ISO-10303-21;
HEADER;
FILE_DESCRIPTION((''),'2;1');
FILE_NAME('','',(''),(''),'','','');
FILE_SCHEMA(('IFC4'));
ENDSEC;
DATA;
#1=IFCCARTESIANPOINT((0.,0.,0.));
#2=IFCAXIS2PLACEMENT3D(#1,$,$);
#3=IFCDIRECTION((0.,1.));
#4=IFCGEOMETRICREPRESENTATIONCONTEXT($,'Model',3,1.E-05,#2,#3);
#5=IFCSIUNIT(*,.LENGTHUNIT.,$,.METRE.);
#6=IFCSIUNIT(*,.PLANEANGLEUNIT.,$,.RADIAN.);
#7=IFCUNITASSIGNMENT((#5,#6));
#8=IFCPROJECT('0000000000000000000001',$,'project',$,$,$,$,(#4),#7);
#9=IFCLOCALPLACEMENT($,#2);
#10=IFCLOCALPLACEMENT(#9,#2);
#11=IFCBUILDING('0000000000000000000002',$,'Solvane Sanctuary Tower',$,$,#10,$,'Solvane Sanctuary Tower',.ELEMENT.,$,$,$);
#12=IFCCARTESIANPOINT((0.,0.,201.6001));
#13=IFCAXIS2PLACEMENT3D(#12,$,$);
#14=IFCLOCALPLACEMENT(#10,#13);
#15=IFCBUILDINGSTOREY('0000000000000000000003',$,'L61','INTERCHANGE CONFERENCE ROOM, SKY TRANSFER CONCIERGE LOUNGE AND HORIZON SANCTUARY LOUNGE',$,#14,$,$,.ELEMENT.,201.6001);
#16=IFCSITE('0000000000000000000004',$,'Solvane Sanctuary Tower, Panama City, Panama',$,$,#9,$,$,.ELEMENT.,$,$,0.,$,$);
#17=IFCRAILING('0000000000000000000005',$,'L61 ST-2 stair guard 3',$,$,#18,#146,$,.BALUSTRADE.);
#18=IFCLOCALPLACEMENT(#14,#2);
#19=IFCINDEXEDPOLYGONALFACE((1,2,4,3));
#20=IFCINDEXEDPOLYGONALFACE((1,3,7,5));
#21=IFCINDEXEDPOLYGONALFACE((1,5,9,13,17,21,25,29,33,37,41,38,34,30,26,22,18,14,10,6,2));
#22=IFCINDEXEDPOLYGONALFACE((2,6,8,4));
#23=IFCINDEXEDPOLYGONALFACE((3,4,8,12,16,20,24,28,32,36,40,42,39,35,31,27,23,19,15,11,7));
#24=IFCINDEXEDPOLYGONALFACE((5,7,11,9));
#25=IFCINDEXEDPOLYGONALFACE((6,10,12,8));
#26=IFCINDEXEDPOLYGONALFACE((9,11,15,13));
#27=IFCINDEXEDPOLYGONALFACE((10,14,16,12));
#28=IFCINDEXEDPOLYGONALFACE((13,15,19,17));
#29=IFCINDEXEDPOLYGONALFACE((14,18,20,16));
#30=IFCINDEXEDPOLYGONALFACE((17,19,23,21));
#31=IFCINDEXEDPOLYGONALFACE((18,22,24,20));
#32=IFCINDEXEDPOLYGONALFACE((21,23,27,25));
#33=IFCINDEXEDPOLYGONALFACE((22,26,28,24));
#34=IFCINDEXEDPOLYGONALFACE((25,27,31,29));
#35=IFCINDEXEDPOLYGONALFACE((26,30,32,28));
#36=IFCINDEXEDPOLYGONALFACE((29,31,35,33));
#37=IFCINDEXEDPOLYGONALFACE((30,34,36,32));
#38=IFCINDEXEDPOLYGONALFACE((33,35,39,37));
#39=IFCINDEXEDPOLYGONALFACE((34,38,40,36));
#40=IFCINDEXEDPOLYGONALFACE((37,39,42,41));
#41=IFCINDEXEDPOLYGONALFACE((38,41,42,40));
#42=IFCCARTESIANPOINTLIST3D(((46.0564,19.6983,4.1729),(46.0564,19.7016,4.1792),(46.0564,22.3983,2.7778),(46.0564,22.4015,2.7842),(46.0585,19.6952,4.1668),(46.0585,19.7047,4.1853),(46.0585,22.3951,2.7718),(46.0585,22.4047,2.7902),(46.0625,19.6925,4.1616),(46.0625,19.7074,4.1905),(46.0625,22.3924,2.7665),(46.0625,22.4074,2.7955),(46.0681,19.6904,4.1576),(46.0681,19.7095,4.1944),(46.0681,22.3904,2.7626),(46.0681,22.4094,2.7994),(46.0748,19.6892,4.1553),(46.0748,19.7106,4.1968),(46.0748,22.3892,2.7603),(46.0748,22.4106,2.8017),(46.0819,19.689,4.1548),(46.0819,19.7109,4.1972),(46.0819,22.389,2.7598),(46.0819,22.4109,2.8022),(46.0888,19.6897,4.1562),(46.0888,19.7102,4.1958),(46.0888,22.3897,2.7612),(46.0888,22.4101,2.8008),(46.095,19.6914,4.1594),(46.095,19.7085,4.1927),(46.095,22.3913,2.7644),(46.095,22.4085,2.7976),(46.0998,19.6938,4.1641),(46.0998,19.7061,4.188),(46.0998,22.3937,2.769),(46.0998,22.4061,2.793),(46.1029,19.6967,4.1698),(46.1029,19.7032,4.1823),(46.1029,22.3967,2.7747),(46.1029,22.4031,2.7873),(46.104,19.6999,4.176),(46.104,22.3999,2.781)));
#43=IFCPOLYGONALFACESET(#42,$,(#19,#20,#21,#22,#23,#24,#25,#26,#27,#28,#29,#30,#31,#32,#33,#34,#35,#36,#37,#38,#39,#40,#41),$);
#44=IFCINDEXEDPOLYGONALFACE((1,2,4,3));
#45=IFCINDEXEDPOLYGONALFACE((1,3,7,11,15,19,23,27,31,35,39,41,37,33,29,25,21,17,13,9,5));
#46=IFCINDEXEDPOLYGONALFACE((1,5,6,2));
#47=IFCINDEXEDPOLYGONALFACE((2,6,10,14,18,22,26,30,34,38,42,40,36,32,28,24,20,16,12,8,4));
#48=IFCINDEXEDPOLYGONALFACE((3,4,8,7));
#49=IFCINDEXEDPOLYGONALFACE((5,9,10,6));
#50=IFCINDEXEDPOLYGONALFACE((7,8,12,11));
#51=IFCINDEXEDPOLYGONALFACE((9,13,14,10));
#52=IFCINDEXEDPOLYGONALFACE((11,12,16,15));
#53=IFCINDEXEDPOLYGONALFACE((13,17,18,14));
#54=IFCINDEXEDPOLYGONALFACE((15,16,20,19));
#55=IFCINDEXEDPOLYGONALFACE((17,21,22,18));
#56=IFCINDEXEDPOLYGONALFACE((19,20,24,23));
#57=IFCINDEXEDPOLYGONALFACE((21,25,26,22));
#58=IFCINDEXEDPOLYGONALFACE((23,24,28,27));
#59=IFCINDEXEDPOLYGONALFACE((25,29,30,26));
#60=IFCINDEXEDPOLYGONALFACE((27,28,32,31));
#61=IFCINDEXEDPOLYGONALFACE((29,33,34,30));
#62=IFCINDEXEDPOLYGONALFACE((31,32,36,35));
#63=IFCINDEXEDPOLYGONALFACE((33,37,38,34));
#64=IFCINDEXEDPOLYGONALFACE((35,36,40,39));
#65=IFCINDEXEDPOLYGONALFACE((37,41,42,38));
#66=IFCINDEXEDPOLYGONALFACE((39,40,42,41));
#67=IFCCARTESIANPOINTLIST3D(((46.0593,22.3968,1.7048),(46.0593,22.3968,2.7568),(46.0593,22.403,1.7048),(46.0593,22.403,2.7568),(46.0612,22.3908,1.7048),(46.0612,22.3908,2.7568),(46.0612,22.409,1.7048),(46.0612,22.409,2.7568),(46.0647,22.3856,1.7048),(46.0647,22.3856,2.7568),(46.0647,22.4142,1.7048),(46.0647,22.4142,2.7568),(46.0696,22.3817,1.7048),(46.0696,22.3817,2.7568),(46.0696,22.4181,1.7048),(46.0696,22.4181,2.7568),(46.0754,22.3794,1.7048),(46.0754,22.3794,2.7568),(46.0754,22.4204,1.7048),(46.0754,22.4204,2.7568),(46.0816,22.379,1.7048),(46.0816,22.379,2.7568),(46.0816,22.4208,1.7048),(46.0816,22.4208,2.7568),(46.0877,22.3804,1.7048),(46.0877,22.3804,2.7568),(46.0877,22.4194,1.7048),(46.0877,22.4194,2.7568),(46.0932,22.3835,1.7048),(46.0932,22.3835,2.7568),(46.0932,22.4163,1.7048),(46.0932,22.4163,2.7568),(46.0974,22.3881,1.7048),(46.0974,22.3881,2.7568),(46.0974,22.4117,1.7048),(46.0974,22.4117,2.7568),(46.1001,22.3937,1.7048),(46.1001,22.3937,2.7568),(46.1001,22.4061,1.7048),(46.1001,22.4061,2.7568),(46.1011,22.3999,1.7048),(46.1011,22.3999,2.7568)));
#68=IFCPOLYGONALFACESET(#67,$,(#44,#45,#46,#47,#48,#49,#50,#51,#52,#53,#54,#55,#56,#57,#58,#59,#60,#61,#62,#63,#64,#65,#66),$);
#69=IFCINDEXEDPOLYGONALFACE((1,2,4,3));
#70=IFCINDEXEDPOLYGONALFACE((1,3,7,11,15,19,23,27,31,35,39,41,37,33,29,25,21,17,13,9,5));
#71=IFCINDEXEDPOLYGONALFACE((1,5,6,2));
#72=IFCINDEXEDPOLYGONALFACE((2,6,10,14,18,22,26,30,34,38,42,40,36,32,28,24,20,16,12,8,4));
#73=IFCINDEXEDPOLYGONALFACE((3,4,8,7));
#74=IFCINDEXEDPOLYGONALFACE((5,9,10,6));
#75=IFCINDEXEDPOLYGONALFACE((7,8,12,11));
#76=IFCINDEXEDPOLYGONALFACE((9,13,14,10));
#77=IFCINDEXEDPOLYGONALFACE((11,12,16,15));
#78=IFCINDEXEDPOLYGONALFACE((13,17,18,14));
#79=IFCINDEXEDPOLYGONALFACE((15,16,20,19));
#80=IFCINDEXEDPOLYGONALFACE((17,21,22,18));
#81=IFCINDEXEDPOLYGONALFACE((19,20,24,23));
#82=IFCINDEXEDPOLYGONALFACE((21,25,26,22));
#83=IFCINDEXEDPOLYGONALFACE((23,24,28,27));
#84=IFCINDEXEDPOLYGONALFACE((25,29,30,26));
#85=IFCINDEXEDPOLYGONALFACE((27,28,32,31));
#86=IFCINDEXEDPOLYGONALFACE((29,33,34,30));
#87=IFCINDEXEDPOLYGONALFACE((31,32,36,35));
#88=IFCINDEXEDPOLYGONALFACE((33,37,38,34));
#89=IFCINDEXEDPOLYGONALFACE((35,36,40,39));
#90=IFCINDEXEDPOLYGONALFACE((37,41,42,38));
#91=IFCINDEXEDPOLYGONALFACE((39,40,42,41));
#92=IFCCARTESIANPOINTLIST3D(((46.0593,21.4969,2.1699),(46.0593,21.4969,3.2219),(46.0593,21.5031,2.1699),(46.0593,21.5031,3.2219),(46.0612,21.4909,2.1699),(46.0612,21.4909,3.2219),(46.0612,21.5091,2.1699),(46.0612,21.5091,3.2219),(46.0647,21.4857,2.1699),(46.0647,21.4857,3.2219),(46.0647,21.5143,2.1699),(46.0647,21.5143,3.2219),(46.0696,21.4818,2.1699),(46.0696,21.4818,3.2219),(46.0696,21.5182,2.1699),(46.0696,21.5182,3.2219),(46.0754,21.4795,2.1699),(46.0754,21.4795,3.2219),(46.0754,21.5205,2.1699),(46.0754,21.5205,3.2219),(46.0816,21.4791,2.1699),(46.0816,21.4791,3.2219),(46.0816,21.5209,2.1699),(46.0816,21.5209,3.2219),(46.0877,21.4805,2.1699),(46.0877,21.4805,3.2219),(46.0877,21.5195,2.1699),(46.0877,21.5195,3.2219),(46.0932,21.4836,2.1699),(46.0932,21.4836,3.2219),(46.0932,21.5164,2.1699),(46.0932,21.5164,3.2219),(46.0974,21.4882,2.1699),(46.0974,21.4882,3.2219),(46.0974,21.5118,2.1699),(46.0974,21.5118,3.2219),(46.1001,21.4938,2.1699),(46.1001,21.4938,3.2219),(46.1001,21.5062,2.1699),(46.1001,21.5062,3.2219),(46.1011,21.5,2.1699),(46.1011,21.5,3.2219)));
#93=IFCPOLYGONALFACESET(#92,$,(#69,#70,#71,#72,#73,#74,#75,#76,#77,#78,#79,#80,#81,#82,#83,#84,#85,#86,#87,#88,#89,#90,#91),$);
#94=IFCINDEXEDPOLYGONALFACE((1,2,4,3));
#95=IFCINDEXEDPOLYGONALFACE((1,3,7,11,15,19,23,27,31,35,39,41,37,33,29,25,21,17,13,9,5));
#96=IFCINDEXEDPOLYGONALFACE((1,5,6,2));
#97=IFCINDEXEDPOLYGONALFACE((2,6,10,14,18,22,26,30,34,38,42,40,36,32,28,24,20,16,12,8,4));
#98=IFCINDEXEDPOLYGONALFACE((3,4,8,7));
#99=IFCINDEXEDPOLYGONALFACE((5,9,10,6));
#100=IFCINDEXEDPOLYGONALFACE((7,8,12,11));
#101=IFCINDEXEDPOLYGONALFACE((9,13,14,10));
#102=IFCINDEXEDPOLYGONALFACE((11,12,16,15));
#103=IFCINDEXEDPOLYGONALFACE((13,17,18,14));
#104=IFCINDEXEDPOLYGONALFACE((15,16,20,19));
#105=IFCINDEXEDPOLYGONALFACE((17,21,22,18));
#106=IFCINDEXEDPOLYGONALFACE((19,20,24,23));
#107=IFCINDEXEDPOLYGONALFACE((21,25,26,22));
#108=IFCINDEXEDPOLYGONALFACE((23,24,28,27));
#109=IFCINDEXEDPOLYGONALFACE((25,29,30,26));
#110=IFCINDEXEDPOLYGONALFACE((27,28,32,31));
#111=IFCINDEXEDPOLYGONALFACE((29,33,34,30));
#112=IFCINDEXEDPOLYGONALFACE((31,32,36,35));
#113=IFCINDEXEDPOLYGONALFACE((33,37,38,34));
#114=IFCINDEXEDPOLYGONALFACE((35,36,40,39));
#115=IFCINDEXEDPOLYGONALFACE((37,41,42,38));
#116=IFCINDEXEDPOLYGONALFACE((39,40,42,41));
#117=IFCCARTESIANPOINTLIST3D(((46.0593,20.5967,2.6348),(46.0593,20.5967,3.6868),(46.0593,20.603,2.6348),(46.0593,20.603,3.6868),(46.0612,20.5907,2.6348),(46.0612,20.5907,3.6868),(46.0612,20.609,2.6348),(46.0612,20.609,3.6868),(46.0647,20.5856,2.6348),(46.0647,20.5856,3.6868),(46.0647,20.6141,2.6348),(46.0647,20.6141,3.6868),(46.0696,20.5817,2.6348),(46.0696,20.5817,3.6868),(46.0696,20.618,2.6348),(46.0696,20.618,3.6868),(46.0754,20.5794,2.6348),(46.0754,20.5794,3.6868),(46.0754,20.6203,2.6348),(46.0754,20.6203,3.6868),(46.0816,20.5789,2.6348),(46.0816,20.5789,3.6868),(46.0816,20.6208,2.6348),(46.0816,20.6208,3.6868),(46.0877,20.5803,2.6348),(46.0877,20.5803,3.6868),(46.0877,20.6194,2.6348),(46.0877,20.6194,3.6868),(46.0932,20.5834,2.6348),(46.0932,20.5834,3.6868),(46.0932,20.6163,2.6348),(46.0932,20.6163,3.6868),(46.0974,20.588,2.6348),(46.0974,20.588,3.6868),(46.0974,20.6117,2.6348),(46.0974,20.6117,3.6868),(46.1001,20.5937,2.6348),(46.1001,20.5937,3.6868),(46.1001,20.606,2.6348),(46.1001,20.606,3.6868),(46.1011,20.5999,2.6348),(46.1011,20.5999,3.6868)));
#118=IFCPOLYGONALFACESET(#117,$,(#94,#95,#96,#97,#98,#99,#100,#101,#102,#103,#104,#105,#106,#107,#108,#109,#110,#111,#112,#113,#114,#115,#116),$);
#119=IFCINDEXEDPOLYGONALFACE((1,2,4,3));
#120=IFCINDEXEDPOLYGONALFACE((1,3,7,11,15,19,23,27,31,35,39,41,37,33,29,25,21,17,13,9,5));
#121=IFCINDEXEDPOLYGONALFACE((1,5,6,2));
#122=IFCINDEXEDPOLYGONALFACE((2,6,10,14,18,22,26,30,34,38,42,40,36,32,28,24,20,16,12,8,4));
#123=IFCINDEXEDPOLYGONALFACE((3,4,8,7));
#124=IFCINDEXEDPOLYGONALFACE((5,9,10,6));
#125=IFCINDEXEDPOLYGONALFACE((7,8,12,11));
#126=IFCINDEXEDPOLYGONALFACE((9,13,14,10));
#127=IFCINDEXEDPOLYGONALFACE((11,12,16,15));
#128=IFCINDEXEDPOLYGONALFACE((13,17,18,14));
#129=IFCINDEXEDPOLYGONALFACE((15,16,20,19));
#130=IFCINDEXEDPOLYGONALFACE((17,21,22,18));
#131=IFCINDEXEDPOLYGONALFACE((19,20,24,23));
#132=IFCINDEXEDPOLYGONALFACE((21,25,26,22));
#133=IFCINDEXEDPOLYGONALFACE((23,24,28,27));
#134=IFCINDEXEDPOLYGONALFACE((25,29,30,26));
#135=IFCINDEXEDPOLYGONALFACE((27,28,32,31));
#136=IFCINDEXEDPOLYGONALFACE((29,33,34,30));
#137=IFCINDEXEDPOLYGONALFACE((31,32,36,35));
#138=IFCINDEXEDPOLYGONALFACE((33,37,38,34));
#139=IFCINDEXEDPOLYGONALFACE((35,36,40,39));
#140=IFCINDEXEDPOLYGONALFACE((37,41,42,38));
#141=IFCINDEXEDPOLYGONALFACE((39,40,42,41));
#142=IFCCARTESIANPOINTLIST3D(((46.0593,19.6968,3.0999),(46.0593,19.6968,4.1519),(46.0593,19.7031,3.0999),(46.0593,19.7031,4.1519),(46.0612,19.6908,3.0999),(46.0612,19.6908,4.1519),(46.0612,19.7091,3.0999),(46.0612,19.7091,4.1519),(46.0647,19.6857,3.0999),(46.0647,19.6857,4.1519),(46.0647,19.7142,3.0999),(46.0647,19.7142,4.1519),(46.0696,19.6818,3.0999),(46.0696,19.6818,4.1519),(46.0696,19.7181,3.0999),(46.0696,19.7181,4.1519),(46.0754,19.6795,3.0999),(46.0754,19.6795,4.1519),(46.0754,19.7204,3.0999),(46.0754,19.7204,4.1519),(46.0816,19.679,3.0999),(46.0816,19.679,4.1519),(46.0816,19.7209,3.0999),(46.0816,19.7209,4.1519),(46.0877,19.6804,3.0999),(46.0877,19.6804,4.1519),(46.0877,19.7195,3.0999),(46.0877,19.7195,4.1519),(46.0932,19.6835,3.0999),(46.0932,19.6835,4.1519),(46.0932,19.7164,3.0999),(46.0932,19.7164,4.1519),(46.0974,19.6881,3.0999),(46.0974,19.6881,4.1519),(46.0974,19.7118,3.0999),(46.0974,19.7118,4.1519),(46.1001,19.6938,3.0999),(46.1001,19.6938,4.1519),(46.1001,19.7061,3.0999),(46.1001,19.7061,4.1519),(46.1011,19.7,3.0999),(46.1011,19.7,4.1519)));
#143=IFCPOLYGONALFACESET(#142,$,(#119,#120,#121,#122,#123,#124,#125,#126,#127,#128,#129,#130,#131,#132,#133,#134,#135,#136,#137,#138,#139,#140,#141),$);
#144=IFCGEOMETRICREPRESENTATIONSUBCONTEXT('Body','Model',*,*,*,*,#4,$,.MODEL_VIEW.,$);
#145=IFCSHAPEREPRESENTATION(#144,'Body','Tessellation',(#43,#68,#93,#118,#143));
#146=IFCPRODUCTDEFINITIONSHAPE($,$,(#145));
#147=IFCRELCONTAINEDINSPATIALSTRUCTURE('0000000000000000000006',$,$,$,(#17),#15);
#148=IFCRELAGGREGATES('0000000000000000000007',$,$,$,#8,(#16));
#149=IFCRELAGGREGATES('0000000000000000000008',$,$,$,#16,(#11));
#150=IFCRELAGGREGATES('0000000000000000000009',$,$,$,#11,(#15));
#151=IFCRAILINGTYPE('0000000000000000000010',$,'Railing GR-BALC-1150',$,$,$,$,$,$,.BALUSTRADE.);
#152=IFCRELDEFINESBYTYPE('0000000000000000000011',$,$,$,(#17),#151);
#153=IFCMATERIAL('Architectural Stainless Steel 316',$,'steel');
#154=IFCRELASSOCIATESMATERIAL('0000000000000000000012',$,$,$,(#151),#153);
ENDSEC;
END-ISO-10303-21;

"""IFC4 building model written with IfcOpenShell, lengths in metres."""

from ifc_helpers import new_model, si_unit, direction, frame, origin, origin_2d, place, context, subcontext, project, spatial, circle, extrude, material, type_object, element, save


model = new_model("IFC4")

# Units and contexts
model_context = context("Model", 3, precision=1e-05, world=origin(), true_north=direction((0.0, 1.0)))
body_context = subcontext(model_context, "Body", "Model", "MODEL_VIEW")
ifc_project = project(units=[si_unit("LENGTHUNIT", "METRE"), si_unit("PLANEANGLEUNIT", "RADIAN")], contexts=[model_context])

# Site, building, storey
site_placement = place(None, origin())
site = spatial("IfcSite", under=ifc_project, at=site_placement, Name="Solvane Sanctuary Tower, Panama City, Panama", CompositionType="ELEMENT", RefElevation=0.0)
building_placement = place(site_placement, origin())
building = spatial("IfcBuilding", under=site, at=building_placement, Name="Solvane Sanctuary Tower", LongName="Solvane Sanctuary Tower", CompositionType="ELEMENT")
storey_placement = place(building_placement, frame((0.0, 0.0, 201.6001)))
storey = spatial("IfcBuildingStorey", under=building, at=storey_placement, Name="L61", Description="INTERCHANGE CONFERENCE ROOM, SKY TRANSFER CONCIERGE LOUNGE AND HORIZON SANCTUARY LOUNGE", CompositionType="ELEMENT", Elevation=201.6001)

# Railing
ifc_material_1 = material(Name="Architectural Stainless Steel 316", Category="steel")
railing_type_1 = type_object("IfcRailingType", Name="Railing GR-BALC-1150", PredefinedType="BALUSTRADE", material=ifc_material_1)
railing_1_placement = place(storey_placement, frame((46.0801, 22.3999, 1.7048)))
element("IfcRailing", 1, at=railing_1_placement, inside=storey, type_object=railing_type_1, Name="L61 ST-2 stair guard 3", PredefinedType="BALUSTRADE", context=body_context, shape_type="SweptSolid", body=[
    extrude(circle(Radius=0.0239, at=origin_2d()), frame((0.0, 0.0, 1.0762), z_axis=(0.0, -0.88842, 0.459032), x_axis=(1.0, 0.0, 0.0)), (0.0, 0.0, 1.0), 3.0391),
    extrude(circle(Radius=0.021, at=origin_2d()), origin(), (0.0, 0.0, 1.0), 1.052),
    extrude(circle(Radius=0.021, at=origin_2d()), frame((0.0, -0.8999, 0.4651)), (0.0, 0.0, 1.0), 1.052),
    extrude(circle(Radius=0.021, at=origin_2d()), frame((0.0, -1.8, 0.9299)), (0.0, 0.0, 1.0), 1.052),
    extrude(circle(Radius=0.021, at=origin_2d()), frame((0.0, -2.7, 1.395)), (0.0, 0.0, 1.0), 1.052),
])

save(model, "model.ifc")
